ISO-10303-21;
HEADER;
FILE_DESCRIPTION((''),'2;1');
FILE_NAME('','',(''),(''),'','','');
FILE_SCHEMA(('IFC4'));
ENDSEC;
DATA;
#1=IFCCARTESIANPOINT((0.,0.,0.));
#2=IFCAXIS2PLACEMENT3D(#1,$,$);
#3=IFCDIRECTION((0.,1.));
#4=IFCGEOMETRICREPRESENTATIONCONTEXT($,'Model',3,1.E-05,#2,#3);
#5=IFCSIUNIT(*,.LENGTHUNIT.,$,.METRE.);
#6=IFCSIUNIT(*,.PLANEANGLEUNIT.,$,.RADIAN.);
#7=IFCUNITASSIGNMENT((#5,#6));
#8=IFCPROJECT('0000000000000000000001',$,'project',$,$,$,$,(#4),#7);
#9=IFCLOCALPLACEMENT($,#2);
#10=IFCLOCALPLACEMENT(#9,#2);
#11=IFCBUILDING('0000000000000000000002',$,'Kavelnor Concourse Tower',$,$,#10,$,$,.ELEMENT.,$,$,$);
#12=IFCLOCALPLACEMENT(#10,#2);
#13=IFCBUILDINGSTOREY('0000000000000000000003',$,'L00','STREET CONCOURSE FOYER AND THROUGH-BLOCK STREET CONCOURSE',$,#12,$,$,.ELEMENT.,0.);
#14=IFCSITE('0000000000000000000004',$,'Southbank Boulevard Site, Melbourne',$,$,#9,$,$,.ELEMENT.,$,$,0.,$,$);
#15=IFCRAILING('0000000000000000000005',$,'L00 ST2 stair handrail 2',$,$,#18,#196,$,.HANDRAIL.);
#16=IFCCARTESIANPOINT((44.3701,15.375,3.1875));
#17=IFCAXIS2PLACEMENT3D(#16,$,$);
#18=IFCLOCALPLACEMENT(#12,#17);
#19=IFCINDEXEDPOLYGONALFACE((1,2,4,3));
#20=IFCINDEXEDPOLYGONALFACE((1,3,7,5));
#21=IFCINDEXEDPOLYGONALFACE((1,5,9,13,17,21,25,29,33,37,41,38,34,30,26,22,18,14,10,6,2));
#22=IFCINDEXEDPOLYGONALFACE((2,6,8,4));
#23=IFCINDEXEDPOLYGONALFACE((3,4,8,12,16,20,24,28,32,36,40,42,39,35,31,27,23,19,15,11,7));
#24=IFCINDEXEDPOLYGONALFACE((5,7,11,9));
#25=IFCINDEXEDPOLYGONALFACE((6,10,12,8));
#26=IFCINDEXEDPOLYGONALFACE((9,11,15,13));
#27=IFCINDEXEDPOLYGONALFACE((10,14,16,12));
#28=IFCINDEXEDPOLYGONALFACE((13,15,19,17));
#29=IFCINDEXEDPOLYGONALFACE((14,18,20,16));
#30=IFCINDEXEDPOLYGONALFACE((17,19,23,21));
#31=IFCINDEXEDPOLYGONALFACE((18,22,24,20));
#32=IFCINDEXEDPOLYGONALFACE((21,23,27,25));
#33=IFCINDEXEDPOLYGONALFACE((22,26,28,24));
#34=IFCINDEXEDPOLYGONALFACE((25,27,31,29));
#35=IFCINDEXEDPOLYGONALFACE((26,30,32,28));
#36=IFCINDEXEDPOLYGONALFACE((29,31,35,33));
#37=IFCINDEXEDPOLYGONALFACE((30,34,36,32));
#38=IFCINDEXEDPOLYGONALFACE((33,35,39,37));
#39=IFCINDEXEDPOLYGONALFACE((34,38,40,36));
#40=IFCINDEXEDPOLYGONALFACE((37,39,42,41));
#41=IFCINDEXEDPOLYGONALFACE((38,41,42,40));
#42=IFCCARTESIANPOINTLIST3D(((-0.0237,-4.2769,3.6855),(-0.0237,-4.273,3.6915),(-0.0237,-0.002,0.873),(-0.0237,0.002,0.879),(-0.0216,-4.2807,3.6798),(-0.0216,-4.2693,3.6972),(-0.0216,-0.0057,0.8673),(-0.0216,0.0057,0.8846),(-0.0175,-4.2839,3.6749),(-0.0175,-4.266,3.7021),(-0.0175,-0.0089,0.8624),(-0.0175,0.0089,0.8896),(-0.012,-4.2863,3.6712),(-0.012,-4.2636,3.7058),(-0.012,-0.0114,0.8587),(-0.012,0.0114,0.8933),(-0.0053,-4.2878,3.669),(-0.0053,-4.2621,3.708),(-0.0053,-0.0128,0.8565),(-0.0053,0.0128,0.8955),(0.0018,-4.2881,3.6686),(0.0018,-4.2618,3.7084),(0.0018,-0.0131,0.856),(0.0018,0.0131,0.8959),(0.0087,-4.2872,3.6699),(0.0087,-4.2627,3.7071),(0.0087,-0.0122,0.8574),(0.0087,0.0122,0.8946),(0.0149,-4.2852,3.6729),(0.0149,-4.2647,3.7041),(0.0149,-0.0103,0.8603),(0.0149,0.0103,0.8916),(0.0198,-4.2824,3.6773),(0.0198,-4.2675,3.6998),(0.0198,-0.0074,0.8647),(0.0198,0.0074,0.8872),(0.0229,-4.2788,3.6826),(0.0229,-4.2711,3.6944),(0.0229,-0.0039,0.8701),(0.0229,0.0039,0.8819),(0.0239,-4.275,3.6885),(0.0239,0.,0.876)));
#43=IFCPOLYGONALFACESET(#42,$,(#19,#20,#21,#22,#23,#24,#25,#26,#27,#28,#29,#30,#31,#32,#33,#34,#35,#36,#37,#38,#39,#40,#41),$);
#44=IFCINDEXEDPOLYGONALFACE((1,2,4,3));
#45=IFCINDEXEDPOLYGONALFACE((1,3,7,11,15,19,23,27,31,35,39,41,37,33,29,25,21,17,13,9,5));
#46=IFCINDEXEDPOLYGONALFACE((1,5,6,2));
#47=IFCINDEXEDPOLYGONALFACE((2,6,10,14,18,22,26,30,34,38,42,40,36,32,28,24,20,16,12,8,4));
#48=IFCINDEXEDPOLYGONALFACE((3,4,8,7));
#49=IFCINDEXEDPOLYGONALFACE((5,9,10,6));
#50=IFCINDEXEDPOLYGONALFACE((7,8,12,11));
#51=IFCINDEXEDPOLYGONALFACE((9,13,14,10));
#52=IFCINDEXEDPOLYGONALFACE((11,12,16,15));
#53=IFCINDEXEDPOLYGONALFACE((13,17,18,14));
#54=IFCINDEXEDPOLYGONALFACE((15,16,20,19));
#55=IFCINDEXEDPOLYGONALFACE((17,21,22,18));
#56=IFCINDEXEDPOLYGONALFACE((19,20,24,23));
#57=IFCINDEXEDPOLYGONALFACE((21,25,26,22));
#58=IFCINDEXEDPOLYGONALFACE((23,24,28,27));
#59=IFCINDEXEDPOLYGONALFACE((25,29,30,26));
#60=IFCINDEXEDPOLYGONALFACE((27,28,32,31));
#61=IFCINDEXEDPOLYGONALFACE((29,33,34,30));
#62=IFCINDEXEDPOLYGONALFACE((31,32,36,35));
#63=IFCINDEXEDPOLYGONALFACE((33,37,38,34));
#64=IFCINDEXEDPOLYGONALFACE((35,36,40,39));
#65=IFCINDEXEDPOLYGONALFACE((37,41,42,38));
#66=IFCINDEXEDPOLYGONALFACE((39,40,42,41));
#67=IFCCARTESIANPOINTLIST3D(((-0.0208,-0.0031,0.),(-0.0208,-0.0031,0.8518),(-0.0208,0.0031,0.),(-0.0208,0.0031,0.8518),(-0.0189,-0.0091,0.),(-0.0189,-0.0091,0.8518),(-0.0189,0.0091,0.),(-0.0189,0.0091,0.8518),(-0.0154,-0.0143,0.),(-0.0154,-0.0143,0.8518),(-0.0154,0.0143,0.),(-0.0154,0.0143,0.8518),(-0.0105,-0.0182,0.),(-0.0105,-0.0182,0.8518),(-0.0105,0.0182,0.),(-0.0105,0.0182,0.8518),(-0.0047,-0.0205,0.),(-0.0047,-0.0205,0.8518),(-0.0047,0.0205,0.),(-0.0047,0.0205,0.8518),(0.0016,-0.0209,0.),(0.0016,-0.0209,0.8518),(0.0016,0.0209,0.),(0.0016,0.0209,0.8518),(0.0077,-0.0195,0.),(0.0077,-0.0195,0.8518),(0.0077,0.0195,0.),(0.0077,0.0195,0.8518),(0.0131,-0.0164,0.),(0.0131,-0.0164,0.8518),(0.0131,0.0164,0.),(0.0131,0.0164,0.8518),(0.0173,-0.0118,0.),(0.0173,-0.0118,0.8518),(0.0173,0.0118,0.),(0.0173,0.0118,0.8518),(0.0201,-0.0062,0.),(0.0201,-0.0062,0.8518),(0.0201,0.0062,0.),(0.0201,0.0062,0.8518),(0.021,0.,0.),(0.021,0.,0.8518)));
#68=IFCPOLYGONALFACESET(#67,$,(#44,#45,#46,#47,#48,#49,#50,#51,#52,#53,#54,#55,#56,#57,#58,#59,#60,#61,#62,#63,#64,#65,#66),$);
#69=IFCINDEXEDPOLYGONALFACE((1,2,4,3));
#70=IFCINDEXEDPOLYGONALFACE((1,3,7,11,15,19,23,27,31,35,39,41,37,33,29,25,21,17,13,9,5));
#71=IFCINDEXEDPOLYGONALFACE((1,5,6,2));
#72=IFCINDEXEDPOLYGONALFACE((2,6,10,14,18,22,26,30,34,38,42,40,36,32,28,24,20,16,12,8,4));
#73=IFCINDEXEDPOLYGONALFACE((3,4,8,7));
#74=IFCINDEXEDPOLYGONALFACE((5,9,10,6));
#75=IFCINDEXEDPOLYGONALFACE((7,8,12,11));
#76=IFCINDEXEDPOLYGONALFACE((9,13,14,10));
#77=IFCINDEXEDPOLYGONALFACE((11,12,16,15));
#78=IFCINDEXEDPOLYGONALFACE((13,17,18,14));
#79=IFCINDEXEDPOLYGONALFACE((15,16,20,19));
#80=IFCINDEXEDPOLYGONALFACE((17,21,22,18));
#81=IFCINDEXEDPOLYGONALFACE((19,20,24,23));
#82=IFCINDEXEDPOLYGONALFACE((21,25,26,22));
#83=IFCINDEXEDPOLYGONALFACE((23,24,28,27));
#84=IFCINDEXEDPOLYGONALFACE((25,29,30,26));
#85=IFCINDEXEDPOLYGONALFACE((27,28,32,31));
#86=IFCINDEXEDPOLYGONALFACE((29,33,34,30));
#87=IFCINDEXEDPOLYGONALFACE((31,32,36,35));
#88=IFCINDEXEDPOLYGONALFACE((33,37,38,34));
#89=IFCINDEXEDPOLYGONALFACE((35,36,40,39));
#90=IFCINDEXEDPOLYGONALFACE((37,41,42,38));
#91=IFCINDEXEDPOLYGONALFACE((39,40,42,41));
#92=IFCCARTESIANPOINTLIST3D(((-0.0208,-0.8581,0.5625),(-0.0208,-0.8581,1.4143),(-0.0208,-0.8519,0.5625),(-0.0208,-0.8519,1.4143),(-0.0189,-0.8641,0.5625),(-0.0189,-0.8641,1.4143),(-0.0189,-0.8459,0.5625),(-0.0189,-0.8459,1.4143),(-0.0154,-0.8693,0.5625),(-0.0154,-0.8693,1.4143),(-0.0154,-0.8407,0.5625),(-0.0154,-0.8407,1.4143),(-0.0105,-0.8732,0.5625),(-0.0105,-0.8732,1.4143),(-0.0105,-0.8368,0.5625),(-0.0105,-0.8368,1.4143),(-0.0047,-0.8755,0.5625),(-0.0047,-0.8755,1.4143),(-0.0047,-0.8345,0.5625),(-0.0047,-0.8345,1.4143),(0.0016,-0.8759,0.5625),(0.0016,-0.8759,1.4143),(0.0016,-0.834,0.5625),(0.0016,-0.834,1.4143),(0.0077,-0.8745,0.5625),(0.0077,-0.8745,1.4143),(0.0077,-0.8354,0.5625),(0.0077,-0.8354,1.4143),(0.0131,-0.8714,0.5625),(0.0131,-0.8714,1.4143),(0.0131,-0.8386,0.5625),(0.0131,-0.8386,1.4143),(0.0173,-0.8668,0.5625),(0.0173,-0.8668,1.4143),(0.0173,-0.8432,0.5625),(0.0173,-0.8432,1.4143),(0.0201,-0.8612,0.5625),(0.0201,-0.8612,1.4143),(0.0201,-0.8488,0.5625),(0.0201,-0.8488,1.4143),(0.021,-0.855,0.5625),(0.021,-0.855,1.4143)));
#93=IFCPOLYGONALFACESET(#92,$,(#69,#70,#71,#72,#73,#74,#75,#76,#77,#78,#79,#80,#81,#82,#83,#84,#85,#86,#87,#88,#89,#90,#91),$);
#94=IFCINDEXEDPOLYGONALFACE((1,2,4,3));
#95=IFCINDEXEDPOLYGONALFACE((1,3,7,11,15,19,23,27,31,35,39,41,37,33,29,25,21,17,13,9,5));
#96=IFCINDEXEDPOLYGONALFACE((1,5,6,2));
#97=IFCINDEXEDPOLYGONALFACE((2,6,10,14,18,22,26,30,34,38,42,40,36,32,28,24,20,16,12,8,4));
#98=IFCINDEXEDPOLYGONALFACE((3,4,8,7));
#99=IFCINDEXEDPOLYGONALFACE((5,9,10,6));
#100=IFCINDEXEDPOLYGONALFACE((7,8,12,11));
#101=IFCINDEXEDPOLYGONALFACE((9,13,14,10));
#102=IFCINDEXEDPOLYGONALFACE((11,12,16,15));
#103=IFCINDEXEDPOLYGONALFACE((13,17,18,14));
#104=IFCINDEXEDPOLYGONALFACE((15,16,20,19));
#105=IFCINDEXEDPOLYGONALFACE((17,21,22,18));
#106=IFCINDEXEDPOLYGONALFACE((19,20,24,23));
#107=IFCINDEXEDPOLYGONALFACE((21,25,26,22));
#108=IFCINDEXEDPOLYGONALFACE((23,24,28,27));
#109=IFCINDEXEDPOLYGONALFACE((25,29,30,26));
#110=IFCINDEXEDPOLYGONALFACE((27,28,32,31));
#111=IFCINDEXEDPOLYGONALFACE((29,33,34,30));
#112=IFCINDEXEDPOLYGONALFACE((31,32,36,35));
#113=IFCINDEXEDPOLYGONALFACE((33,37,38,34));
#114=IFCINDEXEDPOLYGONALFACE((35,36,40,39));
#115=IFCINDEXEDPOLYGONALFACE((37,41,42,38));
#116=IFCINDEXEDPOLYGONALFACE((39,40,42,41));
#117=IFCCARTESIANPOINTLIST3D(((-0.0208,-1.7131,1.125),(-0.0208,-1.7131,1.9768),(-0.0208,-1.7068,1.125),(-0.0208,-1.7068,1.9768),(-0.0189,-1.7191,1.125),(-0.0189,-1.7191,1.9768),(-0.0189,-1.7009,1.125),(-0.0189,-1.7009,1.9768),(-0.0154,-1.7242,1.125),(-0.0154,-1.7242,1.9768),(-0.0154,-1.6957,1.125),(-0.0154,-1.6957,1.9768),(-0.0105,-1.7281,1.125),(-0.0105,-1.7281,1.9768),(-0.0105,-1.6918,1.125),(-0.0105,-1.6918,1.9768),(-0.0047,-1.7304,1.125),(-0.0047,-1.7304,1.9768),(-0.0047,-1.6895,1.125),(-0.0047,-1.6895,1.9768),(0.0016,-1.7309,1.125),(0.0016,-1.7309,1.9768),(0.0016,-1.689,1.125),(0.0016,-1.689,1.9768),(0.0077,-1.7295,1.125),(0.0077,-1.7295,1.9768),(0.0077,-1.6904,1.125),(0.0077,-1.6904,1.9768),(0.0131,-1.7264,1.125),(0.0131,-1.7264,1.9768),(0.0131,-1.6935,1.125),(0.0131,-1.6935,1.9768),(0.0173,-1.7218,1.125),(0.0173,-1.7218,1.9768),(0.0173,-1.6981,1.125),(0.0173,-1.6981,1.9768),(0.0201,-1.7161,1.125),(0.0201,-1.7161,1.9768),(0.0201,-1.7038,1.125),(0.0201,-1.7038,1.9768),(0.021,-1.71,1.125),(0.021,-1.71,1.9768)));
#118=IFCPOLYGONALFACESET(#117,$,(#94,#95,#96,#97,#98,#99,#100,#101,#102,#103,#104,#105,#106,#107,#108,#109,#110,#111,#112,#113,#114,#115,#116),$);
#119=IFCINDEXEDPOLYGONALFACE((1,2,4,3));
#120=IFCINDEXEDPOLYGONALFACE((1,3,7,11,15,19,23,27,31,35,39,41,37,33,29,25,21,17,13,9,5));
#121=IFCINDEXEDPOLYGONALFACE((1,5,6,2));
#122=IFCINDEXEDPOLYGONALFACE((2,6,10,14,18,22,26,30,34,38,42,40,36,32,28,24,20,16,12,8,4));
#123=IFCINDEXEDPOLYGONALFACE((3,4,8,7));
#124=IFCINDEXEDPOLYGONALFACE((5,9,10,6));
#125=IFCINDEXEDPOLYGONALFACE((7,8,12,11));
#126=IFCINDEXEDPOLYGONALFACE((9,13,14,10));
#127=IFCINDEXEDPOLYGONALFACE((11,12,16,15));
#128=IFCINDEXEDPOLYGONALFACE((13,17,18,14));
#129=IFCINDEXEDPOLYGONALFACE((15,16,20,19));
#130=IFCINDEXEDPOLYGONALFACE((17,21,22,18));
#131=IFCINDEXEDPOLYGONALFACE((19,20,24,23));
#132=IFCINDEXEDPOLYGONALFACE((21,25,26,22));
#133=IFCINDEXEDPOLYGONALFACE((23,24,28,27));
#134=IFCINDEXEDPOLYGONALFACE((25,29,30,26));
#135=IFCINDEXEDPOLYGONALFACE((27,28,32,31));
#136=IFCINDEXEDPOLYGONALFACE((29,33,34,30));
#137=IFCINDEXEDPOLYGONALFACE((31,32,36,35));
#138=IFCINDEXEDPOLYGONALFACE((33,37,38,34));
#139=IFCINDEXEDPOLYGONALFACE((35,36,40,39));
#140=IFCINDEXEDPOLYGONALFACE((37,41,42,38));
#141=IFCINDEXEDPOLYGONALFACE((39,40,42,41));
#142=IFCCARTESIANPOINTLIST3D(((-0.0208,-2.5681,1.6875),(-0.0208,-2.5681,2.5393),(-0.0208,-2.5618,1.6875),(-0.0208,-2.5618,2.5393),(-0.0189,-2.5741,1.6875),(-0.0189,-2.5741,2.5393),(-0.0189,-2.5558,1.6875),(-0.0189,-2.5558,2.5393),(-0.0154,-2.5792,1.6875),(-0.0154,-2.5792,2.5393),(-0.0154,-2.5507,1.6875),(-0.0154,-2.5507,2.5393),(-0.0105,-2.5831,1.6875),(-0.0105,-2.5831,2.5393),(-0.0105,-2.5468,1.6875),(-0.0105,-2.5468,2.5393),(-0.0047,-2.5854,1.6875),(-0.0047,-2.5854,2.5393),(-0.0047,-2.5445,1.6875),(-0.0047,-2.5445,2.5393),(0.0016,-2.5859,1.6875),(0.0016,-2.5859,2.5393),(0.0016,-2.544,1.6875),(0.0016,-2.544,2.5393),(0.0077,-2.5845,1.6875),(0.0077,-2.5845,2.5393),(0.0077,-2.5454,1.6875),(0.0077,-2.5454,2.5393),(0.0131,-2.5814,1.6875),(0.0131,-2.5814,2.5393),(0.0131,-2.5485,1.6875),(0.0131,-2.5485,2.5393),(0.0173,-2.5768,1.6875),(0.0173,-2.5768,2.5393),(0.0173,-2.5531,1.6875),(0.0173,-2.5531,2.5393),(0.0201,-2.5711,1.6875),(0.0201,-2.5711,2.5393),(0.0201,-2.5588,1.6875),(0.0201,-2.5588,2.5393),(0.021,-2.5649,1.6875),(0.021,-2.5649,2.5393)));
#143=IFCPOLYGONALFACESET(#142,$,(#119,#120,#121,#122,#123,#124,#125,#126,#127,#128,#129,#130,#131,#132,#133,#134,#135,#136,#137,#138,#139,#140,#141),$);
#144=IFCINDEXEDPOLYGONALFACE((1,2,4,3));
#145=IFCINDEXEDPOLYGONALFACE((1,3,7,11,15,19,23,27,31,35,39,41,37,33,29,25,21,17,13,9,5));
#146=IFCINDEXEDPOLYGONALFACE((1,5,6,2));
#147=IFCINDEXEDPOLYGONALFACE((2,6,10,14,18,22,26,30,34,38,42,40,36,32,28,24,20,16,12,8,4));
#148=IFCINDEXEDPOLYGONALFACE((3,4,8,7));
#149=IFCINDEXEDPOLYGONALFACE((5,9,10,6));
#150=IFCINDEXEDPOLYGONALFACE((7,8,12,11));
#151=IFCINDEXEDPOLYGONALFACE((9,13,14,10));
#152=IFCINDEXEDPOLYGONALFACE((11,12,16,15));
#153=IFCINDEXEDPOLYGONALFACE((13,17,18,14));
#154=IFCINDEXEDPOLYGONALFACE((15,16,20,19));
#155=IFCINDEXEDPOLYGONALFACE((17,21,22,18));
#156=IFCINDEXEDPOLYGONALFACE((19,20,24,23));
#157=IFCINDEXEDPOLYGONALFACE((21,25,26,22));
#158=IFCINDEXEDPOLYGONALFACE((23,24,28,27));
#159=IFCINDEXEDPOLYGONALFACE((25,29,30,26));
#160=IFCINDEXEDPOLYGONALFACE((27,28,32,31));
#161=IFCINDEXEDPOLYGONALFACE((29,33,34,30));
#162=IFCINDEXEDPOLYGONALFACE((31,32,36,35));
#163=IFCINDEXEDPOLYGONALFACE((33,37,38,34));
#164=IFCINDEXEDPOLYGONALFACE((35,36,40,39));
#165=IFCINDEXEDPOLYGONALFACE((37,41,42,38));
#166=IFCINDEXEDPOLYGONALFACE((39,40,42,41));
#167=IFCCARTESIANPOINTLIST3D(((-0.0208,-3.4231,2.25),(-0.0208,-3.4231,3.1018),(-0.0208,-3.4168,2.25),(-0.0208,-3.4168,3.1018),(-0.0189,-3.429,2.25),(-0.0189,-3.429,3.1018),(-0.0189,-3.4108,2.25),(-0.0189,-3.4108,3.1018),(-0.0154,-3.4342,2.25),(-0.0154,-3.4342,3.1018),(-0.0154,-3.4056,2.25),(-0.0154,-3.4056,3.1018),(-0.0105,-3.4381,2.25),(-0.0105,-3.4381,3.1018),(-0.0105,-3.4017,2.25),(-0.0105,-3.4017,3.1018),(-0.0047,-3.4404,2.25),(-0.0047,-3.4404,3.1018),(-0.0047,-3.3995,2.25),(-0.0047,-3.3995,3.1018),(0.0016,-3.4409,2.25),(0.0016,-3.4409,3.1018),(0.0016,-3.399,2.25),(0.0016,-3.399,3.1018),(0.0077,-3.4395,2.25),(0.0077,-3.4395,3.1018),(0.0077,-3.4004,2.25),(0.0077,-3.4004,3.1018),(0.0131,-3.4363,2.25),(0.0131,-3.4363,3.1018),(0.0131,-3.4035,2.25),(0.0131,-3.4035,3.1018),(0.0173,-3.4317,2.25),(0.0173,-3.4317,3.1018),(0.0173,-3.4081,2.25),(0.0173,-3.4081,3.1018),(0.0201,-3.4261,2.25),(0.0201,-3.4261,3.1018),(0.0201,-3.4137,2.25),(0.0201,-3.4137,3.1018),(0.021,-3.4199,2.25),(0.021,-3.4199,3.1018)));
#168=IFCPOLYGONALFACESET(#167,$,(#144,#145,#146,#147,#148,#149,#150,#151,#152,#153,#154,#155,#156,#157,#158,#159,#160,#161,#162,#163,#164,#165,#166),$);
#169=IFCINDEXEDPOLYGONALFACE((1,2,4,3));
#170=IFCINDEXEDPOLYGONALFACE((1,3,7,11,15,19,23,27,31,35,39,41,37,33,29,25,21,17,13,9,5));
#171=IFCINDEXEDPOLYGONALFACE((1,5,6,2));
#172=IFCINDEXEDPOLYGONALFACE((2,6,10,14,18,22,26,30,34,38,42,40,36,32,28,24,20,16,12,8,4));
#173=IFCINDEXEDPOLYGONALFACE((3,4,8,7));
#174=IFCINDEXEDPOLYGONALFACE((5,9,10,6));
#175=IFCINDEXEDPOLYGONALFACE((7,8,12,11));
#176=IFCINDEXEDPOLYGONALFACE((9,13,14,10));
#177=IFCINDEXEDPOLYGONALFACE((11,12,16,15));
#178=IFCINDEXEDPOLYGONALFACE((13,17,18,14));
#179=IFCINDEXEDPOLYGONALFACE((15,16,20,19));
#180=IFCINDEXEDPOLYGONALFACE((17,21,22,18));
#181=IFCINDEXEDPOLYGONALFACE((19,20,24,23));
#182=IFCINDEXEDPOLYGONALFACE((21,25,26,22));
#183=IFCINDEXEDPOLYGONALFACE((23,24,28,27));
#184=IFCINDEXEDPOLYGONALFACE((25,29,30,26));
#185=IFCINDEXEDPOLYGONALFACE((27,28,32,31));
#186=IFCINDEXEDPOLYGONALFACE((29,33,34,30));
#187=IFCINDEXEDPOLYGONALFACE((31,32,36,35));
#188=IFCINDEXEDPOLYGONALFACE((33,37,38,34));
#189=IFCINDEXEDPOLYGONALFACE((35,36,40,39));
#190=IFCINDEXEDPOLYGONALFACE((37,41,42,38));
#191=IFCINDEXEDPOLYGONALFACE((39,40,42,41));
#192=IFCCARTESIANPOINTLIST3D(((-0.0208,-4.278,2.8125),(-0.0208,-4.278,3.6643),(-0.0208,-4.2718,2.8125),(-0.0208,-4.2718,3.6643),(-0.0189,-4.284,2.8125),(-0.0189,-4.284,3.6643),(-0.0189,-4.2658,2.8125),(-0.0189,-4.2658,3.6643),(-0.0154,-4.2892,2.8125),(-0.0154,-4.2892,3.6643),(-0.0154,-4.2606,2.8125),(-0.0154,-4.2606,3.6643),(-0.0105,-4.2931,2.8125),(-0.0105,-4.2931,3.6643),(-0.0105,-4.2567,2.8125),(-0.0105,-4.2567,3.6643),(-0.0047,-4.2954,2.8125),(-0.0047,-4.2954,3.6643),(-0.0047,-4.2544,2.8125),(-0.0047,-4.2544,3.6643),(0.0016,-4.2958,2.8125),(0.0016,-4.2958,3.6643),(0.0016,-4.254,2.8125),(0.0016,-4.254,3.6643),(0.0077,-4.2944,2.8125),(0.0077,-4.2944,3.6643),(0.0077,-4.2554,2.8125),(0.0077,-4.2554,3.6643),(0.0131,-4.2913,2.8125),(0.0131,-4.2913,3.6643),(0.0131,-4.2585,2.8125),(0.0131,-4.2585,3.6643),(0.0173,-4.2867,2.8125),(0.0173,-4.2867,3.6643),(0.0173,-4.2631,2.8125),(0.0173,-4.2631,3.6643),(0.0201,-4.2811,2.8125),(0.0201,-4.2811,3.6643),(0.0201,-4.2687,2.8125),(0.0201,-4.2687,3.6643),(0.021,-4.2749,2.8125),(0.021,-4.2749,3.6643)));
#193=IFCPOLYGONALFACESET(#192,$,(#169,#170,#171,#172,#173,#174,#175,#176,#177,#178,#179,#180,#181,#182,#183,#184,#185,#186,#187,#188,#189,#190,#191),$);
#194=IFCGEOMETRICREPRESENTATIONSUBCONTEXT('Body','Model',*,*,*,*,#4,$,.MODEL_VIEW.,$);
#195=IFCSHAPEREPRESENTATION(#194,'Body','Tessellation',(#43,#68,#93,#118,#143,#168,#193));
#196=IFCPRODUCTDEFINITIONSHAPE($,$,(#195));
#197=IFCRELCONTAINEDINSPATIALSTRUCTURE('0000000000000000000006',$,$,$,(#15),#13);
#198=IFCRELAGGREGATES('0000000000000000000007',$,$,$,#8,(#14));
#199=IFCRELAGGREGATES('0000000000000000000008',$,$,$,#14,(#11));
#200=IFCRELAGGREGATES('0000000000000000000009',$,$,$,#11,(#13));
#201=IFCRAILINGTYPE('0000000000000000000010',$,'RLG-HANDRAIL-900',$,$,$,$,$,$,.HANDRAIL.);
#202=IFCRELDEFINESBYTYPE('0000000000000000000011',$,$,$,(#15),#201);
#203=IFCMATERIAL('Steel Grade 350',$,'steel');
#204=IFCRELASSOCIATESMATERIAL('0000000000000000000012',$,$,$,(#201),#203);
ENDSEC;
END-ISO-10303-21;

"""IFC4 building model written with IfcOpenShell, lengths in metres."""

from ifc_helpers import new_model, si_unit, direction, frame, origin, origin_2d, place, context, subcontext, project, spatial, circle, extrude, material, type_object, element, save


model = new_model("IFC4")

# Units and contexts
model_context = context("Model", 3, precision=1e-05, world=origin(), true_north=direction((0.0, 1.0)))
body_context = subcontext(model_context, "Body", "Model", "MODEL_VIEW")
ifc_project = project(units=[si_unit("LENGTHUNIT", "METRE"), si_unit("PLANEANGLEUNIT", "RADIAN")], contexts=[model_context])

# Site, building, storey
site_placement = place(None, origin())
site = spatial("IfcSite", under=ifc_project, at=site_placement, Name="Southbank Boulevard Site, Melbourne", CompositionType="ELEMENT", RefElevation=0.0)
building_placement = place(site_placement, origin())
building = spatial("IfcBuilding", under=site, at=building_placement, Name="Kavelnor Concourse Tower", CompositionType="ELEMENT")
storey_placement = place(building_placement, origin())
storey = spatial("IfcBuildingStorey", under=building, at=storey_placement, Name="L00", Description="STREET CONCOURSE FOYER AND THROUGH-BLOCK STREET CONCOURSE", CompositionType="ELEMENT", Elevation=0.0)

# Shared definitions
ifc_material_1 = material(Name="Steel Grade 350", Category="steel")

# Railing
railing_type_1 = type_object("IfcRailingType", Name="RLG-HANDRAIL-900", PredefinedType="HANDRAIL", material=ifc_material_1)
railing_1_placement = place(storey_placement, frame((44.3701, 15.375, 3.1875)))
element("IfcRailing", 1, at=railing_1_placement, inside=storey, type_object=railing_type_1, Name="L00 ST2 stair handrail 2", PredefinedType="HANDRAIL", context=body_context, shape_type="SweptSolid", body=[
    extrude(circle(Radius=0.0239, at=origin_2d()), frame((0.0, 0.0, 0.876), z_axis=(0.0, -0.835411, 0.549625), x_axis=(1.0, 0.0, 0.0)), (0.0, 0.0, 1.0), 5.1172),
    extrude(circle(Radius=0.021, at=origin_2d()), origin(), (0.0, 0.0, 1.0), 0.8518),
    extrude(circle(Radius=0.021, at=origin_2d()), frame((0.0, -0.855, 0.5625)), (0.0, 0.0, 1.0), 0.8518),
    extrude(circle(Radius=0.021, at=origin_2d()), frame((0.0, -1.71, 1.125)), (0.0, 0.0, 1.0), 0.8518),
    extrude(circle(Radius=0.021, at=origin_2d()), frame((0.0, -2.5649, 1.6875)), (0.0, 0.0, 1.0), 0.8518),
    extrude(circle(Radius=0.021, at=origin_2d()), frame((0.0, -3.4199, 2.25)), (0.0, 0.0, 1.0), 0.8518),
    extrude(circle(Radius=0.021, at=origin_2d()), frame((0.0, -4.2749, 2.8125)), (0.0, 0.0, 1.0), 0.8518),
])

save(model, "model.ifc")
